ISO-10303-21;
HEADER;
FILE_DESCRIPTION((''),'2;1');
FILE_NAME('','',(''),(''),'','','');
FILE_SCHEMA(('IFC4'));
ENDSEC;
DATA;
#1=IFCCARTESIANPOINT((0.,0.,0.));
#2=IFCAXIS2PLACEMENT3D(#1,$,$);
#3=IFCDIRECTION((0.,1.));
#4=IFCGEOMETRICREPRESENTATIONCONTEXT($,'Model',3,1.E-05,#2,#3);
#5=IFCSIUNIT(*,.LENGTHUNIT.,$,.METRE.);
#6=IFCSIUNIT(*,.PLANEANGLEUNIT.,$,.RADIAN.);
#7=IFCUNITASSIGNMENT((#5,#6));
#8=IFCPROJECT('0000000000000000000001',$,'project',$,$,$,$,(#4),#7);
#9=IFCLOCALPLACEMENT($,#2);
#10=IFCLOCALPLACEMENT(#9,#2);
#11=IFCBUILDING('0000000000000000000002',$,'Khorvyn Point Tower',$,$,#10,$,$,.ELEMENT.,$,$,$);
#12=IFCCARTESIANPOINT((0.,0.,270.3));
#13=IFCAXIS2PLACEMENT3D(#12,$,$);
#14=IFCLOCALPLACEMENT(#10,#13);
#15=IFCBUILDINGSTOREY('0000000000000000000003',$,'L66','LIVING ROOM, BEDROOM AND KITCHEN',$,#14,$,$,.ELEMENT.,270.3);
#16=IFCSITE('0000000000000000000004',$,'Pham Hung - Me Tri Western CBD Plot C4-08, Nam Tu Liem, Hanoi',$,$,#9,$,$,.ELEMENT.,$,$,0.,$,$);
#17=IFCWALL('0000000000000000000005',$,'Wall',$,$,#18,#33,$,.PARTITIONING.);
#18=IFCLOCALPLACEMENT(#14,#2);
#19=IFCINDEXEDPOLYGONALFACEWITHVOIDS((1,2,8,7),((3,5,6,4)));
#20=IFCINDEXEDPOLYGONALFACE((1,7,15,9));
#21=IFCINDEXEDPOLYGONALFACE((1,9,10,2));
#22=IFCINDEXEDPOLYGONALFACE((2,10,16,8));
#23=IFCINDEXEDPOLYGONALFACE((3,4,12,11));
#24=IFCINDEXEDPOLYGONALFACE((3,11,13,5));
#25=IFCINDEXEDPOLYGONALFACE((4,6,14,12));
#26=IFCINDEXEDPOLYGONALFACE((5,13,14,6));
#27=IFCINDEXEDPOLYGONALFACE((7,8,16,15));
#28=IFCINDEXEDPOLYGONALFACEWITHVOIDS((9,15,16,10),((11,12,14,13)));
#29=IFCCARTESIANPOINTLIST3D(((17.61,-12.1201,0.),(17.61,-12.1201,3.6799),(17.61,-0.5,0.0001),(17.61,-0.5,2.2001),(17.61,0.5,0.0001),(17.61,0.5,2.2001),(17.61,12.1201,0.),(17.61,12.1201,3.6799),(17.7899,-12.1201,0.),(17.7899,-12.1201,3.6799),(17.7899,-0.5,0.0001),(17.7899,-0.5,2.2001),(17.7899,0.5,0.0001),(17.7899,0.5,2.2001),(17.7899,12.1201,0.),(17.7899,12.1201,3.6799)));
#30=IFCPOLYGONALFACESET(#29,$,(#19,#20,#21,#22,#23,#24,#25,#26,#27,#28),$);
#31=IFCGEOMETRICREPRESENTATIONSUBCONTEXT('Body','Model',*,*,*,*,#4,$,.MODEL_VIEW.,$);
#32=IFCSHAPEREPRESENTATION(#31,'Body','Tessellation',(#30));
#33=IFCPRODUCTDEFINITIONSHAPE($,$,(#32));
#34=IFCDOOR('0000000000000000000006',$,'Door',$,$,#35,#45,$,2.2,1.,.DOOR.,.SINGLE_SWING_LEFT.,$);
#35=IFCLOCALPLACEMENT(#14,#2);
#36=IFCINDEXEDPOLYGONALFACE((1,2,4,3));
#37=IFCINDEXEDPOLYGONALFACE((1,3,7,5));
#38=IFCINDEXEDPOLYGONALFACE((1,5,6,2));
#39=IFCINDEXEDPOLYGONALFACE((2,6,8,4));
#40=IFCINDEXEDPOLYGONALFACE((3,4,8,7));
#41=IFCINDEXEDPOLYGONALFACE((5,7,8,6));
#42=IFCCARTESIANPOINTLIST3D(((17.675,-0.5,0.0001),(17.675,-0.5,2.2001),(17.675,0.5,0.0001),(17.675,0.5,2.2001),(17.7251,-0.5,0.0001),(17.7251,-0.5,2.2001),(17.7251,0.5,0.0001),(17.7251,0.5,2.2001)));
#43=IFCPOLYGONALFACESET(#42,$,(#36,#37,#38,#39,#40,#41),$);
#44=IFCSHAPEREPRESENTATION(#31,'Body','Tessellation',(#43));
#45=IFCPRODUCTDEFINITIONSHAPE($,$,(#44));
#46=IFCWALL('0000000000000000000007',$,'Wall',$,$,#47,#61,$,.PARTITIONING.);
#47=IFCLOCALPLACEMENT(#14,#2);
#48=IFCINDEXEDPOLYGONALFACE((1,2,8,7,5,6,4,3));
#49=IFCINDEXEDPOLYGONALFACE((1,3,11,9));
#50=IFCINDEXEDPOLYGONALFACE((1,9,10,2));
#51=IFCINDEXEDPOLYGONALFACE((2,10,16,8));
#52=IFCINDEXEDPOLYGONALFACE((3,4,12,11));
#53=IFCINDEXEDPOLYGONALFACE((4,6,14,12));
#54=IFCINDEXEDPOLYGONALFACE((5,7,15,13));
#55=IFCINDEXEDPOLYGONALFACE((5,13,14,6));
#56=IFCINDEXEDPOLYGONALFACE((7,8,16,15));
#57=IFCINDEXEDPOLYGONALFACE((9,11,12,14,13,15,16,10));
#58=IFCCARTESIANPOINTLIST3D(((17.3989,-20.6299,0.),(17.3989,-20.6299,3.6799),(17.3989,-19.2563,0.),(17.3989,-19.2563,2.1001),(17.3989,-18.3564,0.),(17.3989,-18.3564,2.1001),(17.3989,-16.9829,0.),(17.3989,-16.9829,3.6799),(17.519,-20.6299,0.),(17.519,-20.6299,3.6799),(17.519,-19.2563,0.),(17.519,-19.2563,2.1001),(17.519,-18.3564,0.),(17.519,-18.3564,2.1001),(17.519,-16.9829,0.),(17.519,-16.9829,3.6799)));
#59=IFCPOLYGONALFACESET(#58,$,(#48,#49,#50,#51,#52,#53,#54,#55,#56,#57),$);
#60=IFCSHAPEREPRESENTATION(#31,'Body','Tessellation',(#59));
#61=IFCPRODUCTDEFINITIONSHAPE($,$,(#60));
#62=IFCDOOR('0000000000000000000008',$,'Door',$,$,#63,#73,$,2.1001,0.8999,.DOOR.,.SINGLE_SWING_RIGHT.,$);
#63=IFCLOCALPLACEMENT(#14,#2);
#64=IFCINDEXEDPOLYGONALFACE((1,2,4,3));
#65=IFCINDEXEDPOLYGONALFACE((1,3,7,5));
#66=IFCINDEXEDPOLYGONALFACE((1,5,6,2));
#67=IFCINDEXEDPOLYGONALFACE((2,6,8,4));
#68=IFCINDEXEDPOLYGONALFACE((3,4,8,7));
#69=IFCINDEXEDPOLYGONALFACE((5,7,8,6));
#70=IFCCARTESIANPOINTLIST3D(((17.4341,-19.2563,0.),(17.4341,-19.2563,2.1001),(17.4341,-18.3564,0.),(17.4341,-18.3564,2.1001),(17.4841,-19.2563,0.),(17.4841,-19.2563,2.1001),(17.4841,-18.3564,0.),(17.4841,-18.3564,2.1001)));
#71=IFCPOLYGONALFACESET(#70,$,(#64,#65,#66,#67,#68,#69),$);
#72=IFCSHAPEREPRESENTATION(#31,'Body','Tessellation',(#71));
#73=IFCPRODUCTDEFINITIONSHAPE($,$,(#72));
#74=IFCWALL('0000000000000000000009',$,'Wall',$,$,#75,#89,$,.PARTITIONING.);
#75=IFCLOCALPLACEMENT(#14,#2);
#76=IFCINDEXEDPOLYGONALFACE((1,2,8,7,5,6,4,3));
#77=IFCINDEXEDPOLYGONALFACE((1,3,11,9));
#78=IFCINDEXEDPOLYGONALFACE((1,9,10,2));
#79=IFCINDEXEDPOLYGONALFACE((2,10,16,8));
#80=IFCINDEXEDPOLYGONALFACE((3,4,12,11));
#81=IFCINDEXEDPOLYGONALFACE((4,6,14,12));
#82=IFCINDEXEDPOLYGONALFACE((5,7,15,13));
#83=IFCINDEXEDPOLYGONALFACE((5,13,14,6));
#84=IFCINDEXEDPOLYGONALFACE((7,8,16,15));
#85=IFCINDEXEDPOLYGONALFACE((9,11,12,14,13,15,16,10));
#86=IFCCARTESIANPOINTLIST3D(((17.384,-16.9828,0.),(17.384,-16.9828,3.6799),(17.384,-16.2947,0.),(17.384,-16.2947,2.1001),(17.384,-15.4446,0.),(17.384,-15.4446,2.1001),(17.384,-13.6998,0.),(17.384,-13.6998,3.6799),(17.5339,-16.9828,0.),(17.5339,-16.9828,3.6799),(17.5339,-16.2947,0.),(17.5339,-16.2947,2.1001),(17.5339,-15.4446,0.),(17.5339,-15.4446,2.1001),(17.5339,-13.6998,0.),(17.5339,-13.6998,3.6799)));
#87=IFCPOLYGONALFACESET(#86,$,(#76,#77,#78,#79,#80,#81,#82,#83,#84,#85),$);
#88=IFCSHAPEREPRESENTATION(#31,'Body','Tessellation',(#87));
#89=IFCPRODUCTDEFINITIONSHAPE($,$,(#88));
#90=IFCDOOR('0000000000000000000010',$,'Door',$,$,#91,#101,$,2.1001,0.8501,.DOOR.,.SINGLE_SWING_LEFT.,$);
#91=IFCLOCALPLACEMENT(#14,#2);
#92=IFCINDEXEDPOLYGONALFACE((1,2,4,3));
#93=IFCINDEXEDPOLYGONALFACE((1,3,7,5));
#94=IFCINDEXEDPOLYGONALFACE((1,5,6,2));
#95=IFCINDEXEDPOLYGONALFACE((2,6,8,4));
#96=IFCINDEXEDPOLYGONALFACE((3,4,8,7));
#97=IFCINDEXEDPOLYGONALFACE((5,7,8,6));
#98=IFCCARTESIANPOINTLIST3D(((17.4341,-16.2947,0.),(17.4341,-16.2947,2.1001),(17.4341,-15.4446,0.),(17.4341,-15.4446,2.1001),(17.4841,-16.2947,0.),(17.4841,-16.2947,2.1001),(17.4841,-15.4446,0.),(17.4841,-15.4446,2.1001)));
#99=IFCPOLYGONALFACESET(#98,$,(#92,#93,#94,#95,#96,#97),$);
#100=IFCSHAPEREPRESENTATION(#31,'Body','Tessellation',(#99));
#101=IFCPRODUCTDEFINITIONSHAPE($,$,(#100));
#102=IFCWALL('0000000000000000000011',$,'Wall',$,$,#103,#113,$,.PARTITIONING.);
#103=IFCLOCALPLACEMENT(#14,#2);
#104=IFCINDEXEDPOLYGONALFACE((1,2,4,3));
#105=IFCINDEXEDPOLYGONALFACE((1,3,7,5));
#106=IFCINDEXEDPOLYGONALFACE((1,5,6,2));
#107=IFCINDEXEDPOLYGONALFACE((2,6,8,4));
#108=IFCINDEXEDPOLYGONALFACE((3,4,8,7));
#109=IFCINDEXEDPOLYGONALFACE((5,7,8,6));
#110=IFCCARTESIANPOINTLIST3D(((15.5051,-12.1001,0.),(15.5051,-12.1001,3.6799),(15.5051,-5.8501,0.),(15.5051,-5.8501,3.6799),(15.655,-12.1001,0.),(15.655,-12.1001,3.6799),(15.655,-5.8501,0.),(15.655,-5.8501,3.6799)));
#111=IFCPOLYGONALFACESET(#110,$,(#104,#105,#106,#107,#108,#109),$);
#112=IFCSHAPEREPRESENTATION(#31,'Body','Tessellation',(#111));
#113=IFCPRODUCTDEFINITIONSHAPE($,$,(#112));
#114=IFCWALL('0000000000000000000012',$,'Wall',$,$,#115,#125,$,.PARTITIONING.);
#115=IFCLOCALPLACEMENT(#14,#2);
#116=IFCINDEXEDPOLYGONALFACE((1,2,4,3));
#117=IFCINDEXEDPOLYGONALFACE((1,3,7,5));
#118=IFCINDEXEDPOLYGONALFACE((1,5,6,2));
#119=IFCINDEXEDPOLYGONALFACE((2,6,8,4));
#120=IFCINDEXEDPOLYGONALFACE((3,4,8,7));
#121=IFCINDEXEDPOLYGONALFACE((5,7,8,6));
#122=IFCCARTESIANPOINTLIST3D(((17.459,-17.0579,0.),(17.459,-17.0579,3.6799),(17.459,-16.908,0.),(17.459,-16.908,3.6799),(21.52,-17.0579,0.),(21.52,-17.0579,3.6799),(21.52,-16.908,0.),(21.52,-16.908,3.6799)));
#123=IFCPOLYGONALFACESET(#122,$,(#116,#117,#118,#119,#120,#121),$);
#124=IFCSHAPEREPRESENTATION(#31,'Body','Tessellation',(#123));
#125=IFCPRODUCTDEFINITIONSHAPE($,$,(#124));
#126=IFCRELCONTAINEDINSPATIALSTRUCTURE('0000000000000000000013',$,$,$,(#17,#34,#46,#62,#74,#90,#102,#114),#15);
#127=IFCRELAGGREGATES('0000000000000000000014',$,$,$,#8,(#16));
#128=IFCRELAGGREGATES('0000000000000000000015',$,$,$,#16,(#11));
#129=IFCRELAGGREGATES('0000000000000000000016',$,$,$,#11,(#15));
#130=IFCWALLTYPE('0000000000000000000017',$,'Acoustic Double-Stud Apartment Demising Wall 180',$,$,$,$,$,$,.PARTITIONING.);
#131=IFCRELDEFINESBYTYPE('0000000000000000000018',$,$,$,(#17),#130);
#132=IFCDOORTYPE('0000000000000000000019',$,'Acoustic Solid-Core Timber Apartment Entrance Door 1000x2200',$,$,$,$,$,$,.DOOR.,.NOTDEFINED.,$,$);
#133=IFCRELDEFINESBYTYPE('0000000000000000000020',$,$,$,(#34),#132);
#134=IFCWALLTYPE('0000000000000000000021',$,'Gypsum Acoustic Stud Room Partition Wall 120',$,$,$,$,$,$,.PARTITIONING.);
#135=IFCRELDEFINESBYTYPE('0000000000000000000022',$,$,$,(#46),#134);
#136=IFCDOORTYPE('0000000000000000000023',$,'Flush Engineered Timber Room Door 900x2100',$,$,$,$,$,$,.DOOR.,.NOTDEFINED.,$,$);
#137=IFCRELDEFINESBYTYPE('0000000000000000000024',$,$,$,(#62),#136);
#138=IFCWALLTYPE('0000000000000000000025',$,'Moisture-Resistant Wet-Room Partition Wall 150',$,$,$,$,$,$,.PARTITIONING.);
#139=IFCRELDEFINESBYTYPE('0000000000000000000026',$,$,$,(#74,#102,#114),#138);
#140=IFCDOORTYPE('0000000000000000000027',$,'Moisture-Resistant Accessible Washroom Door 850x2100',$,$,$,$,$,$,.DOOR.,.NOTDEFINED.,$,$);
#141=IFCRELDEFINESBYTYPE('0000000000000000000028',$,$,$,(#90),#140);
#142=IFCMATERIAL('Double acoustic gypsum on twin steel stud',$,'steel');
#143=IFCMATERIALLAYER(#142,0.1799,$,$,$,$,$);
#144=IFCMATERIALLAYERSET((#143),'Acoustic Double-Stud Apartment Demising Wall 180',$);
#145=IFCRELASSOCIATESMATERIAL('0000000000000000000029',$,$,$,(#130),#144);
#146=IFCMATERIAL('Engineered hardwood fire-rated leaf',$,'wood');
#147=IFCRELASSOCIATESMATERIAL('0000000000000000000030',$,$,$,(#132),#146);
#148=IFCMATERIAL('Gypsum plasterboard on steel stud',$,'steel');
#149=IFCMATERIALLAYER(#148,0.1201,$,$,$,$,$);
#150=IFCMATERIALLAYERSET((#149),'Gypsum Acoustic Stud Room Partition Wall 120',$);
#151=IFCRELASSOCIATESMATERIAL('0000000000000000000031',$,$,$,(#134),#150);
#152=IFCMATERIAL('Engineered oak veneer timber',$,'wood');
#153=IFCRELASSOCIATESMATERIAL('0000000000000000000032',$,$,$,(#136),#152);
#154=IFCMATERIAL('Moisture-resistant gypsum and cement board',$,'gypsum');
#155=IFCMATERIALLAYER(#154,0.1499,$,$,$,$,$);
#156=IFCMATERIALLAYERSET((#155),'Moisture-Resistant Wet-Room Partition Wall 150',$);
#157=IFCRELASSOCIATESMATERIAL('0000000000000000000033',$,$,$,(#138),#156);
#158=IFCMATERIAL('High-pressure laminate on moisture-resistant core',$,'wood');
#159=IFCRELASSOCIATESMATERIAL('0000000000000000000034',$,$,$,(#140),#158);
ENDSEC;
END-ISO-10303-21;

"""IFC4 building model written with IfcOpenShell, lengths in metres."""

from ifc_helpers import new_model, si_unit, direction, frame, frame_2d, origin, place, context, subcontext, project, spatial, rectangle, extrude, material, layer, layer_set, type_object, element, fill, save


model = new_model("IFC4")

# Units and contexts
model_context = context("Model", 3, precision=1e-05, world=origin(), true_north=direction((0.0, 1.0)))
body_context = subcontext(model_context, "Body", "Model", "MODEL_VIEW")
ifc_project = project(units=[si_unit("LENGTHUNIT", "METRE"), si_unit("PLANEANGLEUNIT", "RADIAN")], contexts=[model_context])

# Site, building, storey
site_placement = place(None, origin())
site = spatial("IfcSite", under=ifc_project, at=site_placement, Name="Pham Hung - Me Tri Western CBD Plot C4-08, Nam Tu Liem, Hanoi", CompositionType="ELEMENT", RefElevation=0.0)
building_placement = place(site_placement, origin())
building = spatial("IfcBuilding", under=site, at=building_placement, Name="Khorvyn Point Tower", CompositionType="ELEMENT")
storey_placement = place(building_placement, frame((0.0, 0.0, 270.3)))
storey = spatial("IfcBuildingStorey", under=building, at=storey_placement, Name="L66", Description="LIVING ROOM, BEDROOM AND KITCHEN", CompositionType="ELEMENT", Elevation=270.3)

# Walls, openings, doors
ifc_material_1 = material(Name="Double acoustic gypsum on twin steel stud", Category="steel")
ifc_layer_1 = layer(ifc_material_1, 0.1799)
ifc_layer_set_1 = layer_set([ifc_layer_1], Name="Acoustic Double-Stud Apartment Demising Wall 180")
wall_type_1 = type_object("IfcWallType", Name="Acoustic Double-Stud Apartment Demising Wall 180", PredefinedType="PARTITIONING", material=ifc_layer_set_1)
wall_1_placement = place(storey_placement, frame((17.7, -12.1201, 0.0), z_axis=(0.0, 0.0, 1.0), x_axis=(0.0, 1.0, 0.0)))
wall_1 = element("IfcWall", 1, at=wall_1_placement, inside=storey, type_object=wall_type_1, Name="Wall", PredefinedType="PARTITIONING", context=body_context, shape_type="SweptSolid", body=[
    extrude(rectangle(XDim=24.2402, YDim=0.1799, at=frame_2d((12.1201, 0.0))), origin(), (0.0, 0.0, 1.0), 3.6799),
])
opening_1_placement = place(wall_1_placement, frame((11.6201, 0.0, 0.0)))
opening_1 = element("IfcOpeningElement", 2, at=opening_1_placement, cuts=wall_1, PredefinedType="OPENING", context=body_context, shape_type="SweptSolid", body=[
    extrude(rectangle(XDim=1.0, YDim=2.2, at=frame_2d((0.5, 1.1001))), frame((0.0, 0.0999, 0.0), z_axis=(0.0, -1.0, 0.0), x_axis=(1.0, 0.0, 0.0)), (0.0, 0.0, 1.0), 0.2),
])
ifc_material_2 = material(Name="Engineered hardwood fire-rated leaf", Category="wood")
door_type_1 = type_object("IfcDoorType", Name="Acoustic Solid-Core Timber Apartment Entrance Door 1000x2200", OperationType="NOTDEFINED", PredefinedType="DOOR", material=ifc_material_2)
door_1_placement = place(opening_1_placement, origin())
door_1 = element("IfcDoor", 3, at=door_1_placement, inside=storey, type_object=door_type_1, Name="Door", OperationType="SINGLE_SWING_LEFT", OverallHeight=2.2, OverallWidth=1.0, PredefinedType="DOOR", context=body_context, shape_type="SweptSolid", body=[
    extrude(rectangle(XDim=1.0, YDim=2.2, at=frame_2d((0.5, 1.1001))), frame((0.0, 0.0249, 0.0), z_axis=(0.0, -1.0, 0.0), x_axis=(1.0, 0.0, 0.0)), (0.0, 0.0, 1.0), 0.05),
])
fill(opening_1, door_1)
ifc_material_3 = material(Name="Gypsum plasterboard on steel stud", Category="steel")
ifc_layer_2 = layer(ifc_material_3, 0.1201)
ifc_layer_set_2 = layer_set([ifc_layer_2], Name="Gypsum Acoustic Stud Room Partition Wall 120")
wall_type_2 = type_object("IfcWallType", Name="Gypsum Acoustic Stud Room Partition Wall 120", PredefinedType="PARTITIONING", material=ifc_layer_set_2)
wall_2_placement = place(storey_placement, frame((17.459, -20.6299, 0.0), z_axis=(0.0, 0.0, 1.0), x_axis=(0.0, 1.0, 0.0)))
wall_2 = element("IfcWall", 4, at=wall_2_placement, inside=storey, type_object=wall_type_2, Name="Wall", PredefinedType="PARTITIONING", context=body_context, shape_type="SweptSolid", body=[
    extrude(rectangle(XDim=3.647, YDim=0.1201, at=frame_2d((1.8235, 0.0))), origin(), (0.0, 0.0, 1.0), 3.6799),
])
opening_2_placement = place(wall_2_placement, frame((1.3735, 0.0, 0.0)))
opening_2 = element("IfcOpeningElement", 5, at=opening_2_placement, cuts=wall_2, PredefinedType="OPENING", context=body_context, shape_type="SweptSolid", body=[
    extrude(rectangle(XDim=0.8999, YDim=2.1001, at=frame_2d((0.45, 1.05))), frame((0.0, 0.0701, 0.0), z_axis=(0.0, -1.0, 0.0), x_axis=(1.0, 0.0, 0.0)), (0.0, 0.0, 1.0), 0.1401),
])
ifc_material_4 = material(Name="Engineered oak veneer timber", Category="wood")
door_type_2 = type_object("IfcDoorType", Name="Flush Engineered Timber Room Door 900x2100", OperationType="NOTDEFINED", PredefinedType="DOOR", material=ifc_material_4)
door_2_placement = place(opening_2_placement, origin())
door_2 = element("IfcDoor", 6, at=door_2_placement, inside=storey, type_object=door_type_2, Name="Door", OperationType="SINGLE_SWING_RIGHT", OverallHeight=2.1001, OverallWidth=0.8999, PredefinedType="DOOR", context=body_context, shape_type="SweptSolid", body=[
    extrude(rectangle(XDim=0.8999, YDim=2.1001, at=frame_2d((0.45, 1.05))), frame((0.0, 0.0249, 0.0), z_axis=(0.0, -1.0, 0.0), x_axis=(1.0, 0.0, 0.0)), (0.0, 0.0, 1.0), 0.05),
])
fill(opening_2, door_2)
ifc_material_5 = material(Name="Moisture-resistant gypsum and cement board", Category="gypsum")
ifc_layer_3 = layer(ifc_material_5, 0.1499)
ifc_layer_set_3 = layer_set([ifc_layer_3], Name="Moisture-Resistant Wet-Room Partition Wall 150")
wall_type_3 = type_object("IfcWallType", Name="Moisture-Resistant Wet-Room Partition Wall 150", PredefinedType="PARTITIONING", material=ifc_layer_set_3)
wall_3_placement = place(storey_placement, frame((17.459, -16.9829, 0.0), z_axis=(0.0, 0.0, 1.0), x_axis=(0.0, 1.0, 0.0)))
wall_3 = element("IfcWall", 7, at=wall_3_placement, inside=storey, type_object=wall_type_3, Name="Wall", PredefinedType="PARTITIONING", context=body_context, shape_type="SweptSolid", body=[
    extrude(rectangle(XDim=3.283, YDim=0.1499, at=frame_2d((1.6416, 0.0))), origin(), (0.0, 0.0, 1.0), 3.6799),
])
opening_3_placement = place(wall_3_placement, frame((0.6882, 0.0, 0.0)))
opening_3 = element("IfcOpeningElement", 8, at=opening_3_placement, cuts=wall_3, PredefinedType="OPENING", context=body_context, shape_type="SweptSolid", body=[
    extrude(rectangle(XDim=0.8501, YDim=2.1001, at=frame_2d((0.425, 1.05))), frame((0.0, 0.085, 0.0), z_axis=(0.0, -1.0, 0.0), x_axis=(1.0, 0.0, 0.0)), (0.0, 0.0, 1.0), 0.1699),
])
ifc_material_6 = material(Name="High-pressure laminate on moisture-resistant core", Category="wood")
door_type_3 = type_object("IfcDoorType", Name="Moisture-Resistant Accessible Washroom Door 850x2100", OperationType="NOTDEFINED", PredefinedType="DOOR", material=ifc_material_6)
door_3_placement = place(opening_3_placement, origin())
door_3 = element("IfcDoor", 9, at=door_3_placement, inside=storey, type_object=door_type_3, Name="Door", OperationType="SINGLE_SWING_LEFT", OverallHeight=2.1001, OverallWidth=0.8501, PredefinedType="DOOR", context=body_context, shape_type="SweptSolid", body=[
    extrude(rectangle(XDim=0.8501, YDim=2.1001, at=frame_2d((0.425, 1.05))), frame((0.0, 0.0249, 0.0), z_axis=(0.0, -1.0, 0.0), x_axis=(1.0, 0.0, 0.0)), (0.0, 0.0, 1.0), 0.05),
])
fill(opening_3, door_3)

# Walls
wall_4_placement = place(storey_placement, frame((15.5801, -12.1001, 0.0), z_axis=(0.0, 0.0, 1.0), x_axis=(0.0, 1.0, 0.0)))
element("IfcWall", 10, at=wall_4_placement, inside=storey, type_object=wall_type_3, Name="Wall", PredefinedType="PARTITIONING", context=body_context, shape_type="SweptSolid", body=[
    extrude(rectangle(XDim=6.25, YDim=0.1499, at=frame_2d((3.125, 0.0))), origin(), (0.0, 0.0, 1.0), 3.6799),
])
wall_5_placement = place(storey_placement, frame((17.459, -16.9829, 0.0), z_axis=(0.0, 0.0, 1.0), x_axis=(1.0, 0.0, 0.0)))
element("IfcWall", 11, at=wall_5_placement, inside=storey, type_object=wall_type_3, Name="Wall", PredefinedType="PARTITIONING", context=body_context, shape_type="SweptSolid", body=[
    extrude(rectangle(XDim=4.061, YDim=0.1499, at=frame_2d((2.0305, 0.0))), origin(), (0.0, 0.0, 1.0), 3.6799),
])

save(model, "model.ifc")
